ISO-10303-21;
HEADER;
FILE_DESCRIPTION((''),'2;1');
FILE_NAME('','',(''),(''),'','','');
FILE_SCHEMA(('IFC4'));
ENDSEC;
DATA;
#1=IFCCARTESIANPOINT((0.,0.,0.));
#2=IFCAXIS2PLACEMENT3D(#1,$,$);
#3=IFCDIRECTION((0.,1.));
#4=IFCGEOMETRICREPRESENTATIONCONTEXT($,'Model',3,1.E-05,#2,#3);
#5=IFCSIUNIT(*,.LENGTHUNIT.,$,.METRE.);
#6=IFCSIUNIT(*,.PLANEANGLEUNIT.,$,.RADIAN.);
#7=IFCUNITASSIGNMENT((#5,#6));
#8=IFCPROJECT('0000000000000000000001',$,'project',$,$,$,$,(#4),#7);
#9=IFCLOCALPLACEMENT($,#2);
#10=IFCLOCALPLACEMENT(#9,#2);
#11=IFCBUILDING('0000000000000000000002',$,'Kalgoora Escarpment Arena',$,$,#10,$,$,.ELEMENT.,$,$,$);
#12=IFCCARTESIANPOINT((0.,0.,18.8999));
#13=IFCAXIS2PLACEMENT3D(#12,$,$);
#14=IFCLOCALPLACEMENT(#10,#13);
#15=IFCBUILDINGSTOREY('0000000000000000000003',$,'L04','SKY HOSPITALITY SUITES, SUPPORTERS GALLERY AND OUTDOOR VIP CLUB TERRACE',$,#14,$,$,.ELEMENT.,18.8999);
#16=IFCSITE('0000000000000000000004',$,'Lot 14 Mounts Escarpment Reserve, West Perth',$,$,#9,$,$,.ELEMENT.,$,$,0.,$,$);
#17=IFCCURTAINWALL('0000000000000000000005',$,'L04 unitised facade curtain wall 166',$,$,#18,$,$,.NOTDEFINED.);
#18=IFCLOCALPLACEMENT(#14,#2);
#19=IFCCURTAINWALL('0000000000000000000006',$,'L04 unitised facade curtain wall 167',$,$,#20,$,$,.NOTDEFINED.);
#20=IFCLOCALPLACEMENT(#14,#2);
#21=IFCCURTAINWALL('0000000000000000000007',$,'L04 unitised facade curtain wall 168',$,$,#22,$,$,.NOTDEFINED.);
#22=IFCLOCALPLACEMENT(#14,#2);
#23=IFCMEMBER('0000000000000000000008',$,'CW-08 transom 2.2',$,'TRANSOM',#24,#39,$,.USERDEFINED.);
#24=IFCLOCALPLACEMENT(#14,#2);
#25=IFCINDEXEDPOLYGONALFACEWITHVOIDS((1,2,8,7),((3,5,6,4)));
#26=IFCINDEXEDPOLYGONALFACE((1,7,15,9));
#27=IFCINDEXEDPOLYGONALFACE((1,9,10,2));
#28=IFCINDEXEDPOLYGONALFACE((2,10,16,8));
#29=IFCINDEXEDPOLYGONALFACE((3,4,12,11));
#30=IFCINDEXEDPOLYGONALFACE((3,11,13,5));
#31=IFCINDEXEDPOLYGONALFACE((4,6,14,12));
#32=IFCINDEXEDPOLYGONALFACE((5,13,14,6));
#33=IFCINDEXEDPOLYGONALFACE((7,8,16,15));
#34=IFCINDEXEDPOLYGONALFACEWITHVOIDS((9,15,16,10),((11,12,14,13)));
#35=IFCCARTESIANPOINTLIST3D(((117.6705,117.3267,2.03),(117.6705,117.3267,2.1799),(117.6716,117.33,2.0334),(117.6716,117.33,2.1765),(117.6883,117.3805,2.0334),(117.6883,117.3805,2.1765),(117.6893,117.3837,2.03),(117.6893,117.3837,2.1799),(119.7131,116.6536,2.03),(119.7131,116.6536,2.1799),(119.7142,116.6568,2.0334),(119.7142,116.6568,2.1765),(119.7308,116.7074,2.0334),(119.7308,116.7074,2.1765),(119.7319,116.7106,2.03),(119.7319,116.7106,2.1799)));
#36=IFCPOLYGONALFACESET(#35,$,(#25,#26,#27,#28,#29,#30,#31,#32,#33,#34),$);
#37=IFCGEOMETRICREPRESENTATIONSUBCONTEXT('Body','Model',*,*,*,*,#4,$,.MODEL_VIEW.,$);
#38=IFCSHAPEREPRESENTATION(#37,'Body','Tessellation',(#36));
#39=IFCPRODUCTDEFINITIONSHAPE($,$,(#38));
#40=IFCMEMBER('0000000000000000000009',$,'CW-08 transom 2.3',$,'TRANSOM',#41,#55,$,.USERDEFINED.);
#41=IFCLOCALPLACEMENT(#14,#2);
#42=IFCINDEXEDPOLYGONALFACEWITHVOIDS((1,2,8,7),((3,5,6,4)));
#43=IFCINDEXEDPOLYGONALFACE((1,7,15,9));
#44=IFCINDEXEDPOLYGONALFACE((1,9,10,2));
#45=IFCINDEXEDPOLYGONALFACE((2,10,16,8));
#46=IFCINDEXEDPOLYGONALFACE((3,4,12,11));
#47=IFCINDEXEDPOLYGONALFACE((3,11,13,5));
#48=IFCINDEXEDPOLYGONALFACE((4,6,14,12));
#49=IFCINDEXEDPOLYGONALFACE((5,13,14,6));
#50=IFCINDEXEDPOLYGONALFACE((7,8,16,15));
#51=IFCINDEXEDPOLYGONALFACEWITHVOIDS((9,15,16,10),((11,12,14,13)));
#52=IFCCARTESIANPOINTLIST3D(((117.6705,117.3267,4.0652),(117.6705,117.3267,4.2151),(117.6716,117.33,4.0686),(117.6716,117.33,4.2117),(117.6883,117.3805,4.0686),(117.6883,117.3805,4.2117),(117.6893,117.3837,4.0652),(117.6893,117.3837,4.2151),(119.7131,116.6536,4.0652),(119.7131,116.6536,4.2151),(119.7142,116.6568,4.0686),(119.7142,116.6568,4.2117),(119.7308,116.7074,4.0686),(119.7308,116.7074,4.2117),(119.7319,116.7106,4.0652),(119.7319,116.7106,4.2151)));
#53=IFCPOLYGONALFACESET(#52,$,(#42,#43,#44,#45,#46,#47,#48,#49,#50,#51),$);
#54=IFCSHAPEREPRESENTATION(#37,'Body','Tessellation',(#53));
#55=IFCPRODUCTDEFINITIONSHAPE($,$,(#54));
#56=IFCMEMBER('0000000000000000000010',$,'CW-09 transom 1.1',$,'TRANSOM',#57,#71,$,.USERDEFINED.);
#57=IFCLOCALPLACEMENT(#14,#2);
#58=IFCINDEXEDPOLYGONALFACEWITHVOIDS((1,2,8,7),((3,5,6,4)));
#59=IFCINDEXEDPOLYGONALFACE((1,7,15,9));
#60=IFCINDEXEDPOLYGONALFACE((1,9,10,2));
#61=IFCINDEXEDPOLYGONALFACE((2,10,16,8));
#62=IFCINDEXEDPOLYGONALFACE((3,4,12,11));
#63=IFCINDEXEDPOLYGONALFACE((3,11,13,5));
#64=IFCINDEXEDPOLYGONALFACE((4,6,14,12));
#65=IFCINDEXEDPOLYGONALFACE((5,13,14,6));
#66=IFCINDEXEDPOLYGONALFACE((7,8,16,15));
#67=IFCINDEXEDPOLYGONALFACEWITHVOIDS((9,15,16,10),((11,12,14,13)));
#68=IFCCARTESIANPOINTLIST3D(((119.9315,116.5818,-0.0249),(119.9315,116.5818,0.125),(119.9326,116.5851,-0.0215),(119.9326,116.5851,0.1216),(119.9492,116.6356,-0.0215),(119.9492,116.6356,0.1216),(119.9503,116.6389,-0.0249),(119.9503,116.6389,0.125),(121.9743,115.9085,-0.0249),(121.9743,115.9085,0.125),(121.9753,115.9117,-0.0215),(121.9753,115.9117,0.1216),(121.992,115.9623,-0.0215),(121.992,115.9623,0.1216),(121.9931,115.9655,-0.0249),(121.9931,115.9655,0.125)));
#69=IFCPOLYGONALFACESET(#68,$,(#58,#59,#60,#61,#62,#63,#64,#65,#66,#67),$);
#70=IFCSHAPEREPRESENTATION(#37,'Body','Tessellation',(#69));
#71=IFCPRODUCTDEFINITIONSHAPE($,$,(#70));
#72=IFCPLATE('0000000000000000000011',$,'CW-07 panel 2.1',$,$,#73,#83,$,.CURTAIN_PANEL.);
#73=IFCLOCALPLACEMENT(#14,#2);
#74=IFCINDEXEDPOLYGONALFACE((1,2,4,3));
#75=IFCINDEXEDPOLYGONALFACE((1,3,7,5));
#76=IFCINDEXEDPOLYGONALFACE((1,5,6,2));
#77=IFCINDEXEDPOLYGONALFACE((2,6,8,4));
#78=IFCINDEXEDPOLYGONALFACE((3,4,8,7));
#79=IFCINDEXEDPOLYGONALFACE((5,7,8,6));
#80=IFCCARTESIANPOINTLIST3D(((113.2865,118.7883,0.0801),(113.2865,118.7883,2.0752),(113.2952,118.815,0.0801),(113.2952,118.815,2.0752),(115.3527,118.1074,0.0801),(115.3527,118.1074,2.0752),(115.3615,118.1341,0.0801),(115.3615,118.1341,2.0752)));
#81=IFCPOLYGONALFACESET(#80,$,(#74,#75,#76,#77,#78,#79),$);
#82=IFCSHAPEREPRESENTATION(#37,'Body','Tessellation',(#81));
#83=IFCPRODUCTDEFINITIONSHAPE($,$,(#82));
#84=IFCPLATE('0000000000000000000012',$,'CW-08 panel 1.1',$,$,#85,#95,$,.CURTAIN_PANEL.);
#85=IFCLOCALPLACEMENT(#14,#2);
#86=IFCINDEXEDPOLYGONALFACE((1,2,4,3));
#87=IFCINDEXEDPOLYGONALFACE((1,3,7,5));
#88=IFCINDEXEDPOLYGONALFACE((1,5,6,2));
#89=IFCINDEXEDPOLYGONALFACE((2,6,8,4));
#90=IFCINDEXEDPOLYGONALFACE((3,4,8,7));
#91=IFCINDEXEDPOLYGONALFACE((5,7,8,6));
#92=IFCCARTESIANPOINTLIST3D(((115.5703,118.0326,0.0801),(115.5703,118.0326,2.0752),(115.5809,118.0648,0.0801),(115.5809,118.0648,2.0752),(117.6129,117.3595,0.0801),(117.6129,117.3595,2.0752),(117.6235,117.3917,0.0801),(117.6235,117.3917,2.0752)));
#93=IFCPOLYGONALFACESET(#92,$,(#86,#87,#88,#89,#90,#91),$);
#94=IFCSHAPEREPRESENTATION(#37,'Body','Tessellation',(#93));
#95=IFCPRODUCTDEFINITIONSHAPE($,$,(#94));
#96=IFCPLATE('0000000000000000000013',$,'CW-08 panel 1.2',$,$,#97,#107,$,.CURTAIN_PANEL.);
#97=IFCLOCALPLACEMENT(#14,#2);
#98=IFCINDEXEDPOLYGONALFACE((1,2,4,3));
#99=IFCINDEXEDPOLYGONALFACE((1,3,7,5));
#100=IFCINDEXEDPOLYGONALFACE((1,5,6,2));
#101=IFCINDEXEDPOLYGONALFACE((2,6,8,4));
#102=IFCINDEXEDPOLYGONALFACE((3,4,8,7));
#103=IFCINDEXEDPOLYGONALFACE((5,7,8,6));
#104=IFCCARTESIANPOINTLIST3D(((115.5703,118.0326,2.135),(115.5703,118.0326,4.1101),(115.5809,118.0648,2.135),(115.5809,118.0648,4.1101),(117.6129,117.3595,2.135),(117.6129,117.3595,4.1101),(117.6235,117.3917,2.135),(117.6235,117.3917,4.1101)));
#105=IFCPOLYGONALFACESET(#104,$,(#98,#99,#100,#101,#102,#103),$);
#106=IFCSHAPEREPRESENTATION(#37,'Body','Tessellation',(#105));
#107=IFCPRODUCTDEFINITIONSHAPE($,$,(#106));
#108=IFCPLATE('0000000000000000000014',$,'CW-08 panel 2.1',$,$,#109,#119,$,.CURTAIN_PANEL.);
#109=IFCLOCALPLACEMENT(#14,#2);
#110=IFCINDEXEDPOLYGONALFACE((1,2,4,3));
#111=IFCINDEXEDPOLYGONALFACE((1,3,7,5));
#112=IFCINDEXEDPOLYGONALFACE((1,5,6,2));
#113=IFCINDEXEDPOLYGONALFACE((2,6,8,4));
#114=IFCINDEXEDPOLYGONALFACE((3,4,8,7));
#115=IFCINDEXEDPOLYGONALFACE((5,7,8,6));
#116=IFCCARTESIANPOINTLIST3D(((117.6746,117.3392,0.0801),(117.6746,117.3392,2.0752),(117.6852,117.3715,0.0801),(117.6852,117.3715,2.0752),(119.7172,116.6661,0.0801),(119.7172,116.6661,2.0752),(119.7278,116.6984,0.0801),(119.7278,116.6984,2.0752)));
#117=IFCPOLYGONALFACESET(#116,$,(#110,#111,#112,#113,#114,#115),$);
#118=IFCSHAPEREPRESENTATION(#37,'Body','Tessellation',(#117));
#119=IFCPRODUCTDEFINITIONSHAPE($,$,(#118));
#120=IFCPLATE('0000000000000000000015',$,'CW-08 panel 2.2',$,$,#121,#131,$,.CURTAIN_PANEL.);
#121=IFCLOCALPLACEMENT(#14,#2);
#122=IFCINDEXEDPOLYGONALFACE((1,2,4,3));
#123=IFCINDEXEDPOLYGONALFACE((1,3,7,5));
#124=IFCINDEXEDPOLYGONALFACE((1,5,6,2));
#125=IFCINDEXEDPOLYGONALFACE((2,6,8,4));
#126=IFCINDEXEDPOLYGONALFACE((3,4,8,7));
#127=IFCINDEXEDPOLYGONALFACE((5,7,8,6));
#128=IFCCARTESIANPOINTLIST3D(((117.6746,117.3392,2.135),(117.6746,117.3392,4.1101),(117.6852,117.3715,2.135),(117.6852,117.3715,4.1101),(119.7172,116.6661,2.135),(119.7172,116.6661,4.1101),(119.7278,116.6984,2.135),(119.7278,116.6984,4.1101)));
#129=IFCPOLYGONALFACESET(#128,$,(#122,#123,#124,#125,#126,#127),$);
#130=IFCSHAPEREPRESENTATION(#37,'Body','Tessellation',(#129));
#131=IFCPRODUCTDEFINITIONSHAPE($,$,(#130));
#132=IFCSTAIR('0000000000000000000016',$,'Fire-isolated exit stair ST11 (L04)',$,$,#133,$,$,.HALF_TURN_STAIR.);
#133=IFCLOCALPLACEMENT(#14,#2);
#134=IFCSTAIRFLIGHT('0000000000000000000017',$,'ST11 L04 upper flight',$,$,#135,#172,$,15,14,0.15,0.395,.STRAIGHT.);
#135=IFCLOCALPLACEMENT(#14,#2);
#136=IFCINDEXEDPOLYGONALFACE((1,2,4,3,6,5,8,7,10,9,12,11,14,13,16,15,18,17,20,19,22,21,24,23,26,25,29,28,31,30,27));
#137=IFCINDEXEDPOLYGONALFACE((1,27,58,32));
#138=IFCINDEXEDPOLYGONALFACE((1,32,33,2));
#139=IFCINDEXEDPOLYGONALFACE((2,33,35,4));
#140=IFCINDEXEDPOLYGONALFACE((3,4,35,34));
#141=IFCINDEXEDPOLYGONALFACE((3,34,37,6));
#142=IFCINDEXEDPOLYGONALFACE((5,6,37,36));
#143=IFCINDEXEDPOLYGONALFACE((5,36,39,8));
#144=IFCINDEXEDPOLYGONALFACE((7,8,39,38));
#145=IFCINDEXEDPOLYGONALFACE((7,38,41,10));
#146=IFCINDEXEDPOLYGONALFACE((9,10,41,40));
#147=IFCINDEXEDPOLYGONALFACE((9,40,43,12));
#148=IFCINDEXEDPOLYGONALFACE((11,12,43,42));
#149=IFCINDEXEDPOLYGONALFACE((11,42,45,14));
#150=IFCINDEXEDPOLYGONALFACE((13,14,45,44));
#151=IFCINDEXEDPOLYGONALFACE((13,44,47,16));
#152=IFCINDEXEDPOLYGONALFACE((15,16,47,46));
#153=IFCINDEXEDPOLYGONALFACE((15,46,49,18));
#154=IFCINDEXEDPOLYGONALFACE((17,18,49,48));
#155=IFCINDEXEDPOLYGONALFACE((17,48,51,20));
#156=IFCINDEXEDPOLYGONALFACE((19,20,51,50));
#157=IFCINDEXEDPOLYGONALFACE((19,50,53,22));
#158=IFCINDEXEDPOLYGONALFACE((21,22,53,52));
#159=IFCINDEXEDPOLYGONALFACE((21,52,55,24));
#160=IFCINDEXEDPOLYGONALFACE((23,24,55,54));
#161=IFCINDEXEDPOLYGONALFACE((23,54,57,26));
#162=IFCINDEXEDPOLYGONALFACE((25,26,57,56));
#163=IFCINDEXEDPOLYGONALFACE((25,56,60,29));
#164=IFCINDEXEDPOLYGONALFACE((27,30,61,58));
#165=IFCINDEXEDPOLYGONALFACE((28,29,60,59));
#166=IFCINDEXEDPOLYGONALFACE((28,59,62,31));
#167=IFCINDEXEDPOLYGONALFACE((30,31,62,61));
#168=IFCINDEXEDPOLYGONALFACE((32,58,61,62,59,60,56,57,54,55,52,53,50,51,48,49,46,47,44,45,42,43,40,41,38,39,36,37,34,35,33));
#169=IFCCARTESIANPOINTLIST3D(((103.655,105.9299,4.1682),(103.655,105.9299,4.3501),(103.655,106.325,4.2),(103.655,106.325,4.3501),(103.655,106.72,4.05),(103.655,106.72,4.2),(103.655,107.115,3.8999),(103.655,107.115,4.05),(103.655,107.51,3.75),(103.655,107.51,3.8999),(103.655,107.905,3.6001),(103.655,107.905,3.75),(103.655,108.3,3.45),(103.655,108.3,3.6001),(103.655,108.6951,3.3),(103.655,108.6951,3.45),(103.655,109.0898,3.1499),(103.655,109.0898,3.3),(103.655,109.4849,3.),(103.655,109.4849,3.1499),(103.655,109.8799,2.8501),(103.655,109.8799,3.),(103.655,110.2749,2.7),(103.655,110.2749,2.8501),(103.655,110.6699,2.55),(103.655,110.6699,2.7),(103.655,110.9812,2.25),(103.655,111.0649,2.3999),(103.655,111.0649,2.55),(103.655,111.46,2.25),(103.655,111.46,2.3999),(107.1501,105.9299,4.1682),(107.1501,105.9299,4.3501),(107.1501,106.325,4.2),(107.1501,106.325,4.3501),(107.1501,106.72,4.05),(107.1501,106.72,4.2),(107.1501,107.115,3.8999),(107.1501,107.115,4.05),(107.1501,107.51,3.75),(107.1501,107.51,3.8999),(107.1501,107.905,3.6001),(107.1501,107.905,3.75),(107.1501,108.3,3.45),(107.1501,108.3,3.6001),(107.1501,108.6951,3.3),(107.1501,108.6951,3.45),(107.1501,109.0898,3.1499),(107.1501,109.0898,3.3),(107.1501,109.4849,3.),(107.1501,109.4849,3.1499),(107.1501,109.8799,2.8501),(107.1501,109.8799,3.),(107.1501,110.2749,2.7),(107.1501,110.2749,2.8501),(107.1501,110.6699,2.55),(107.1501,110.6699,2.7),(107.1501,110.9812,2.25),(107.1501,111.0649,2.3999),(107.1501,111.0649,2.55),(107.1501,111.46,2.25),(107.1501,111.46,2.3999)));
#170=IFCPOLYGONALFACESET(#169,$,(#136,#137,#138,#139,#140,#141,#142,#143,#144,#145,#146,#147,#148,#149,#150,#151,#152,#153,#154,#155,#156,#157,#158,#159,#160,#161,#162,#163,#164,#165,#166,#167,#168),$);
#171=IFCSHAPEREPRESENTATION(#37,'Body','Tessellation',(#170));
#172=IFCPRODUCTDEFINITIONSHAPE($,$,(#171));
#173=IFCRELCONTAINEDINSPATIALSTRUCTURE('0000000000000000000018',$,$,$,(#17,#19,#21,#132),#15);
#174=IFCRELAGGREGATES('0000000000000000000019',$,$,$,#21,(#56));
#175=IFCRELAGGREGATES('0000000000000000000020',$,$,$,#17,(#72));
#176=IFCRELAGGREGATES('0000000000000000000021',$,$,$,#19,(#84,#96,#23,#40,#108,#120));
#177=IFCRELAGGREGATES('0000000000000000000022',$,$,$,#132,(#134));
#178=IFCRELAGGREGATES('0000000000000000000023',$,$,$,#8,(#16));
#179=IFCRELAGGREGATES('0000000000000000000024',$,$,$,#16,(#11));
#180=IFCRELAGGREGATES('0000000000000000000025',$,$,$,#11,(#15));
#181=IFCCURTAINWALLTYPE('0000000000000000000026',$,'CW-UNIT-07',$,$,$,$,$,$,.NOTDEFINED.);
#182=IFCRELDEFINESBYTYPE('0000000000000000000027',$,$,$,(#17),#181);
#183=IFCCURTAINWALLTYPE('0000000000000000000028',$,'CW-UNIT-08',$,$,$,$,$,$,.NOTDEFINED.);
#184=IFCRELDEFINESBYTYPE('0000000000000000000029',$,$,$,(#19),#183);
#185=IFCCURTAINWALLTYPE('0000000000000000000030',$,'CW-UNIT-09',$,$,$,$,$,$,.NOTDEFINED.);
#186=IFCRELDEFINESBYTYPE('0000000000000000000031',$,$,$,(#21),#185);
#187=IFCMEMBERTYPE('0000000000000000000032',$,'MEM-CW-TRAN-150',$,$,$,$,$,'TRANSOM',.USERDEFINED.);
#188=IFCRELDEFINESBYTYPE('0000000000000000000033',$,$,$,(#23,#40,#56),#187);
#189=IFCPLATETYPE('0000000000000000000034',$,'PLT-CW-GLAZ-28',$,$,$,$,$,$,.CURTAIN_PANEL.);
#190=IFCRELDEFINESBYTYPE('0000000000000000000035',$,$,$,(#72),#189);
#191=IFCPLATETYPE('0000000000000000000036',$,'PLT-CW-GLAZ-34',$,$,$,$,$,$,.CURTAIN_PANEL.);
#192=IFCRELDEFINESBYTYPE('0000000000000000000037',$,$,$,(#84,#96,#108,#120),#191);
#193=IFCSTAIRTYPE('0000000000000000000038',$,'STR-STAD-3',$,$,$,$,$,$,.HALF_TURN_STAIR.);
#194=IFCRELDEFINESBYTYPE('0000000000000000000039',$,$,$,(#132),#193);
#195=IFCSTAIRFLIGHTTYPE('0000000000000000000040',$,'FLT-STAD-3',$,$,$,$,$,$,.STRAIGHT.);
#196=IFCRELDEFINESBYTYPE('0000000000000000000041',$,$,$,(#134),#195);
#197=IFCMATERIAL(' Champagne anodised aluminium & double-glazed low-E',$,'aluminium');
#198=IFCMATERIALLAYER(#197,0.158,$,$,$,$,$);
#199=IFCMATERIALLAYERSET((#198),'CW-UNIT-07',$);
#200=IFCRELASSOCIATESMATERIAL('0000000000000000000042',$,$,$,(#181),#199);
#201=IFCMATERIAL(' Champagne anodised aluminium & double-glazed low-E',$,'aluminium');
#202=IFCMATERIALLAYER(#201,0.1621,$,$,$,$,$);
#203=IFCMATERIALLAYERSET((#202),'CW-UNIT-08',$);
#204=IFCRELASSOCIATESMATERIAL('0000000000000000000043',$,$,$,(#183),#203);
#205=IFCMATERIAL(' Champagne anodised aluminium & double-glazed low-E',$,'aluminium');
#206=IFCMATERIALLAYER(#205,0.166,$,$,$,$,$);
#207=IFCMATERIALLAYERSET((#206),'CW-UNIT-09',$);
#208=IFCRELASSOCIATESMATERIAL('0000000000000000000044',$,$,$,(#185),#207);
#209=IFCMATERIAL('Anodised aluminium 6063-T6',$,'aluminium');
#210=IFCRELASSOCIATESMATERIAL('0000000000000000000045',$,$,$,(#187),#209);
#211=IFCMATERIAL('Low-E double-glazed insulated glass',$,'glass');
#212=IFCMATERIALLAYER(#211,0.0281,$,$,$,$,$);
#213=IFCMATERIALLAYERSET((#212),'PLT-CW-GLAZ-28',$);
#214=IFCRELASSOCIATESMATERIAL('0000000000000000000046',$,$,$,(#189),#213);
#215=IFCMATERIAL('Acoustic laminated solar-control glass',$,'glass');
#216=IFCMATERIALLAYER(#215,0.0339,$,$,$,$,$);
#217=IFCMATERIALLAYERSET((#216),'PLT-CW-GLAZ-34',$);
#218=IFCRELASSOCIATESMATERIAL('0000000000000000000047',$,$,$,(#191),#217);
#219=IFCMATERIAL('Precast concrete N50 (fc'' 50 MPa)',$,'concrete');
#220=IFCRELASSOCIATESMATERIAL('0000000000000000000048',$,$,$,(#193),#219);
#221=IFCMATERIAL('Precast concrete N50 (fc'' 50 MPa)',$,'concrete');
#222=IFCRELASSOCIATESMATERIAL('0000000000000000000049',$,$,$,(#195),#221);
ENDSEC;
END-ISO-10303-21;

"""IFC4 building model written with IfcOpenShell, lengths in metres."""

from ifc_helpers import new_model, si_unit, direction, frame, origin, origin_2d, place, context, subcontext, project, spatial, polyline, rectangle, hollow_rectangle, outline, extrude, material, layer, layer_set, material_profile, profile_set, type_object, element, aggregate, save


model = new_model("IFC4")

# Units and contexts
model_context = context("Model", 3, precision=1e-05, world=origin(), true_north=direction((0.0, 1.0)))
body_context = subcontext(model_context, "Body", "Model", "MODEL_VIEW")
ifc_project = project(units=[si_unit("LENGTHUNIT", "METRE"), si_unit("PLANEANGLEUNIT", "RADIAN")], contexts=[model_context])

# Site, building, storey
site_placement = place(None, origin())
site = spatial("IfcSite", under=ifc_project, at=site_placement, Name="Lot 14 Mounts Escarpment Reserve, West Perth", CompositionType="ELEMENT", RefElevation=0.0)
building_placement = place(site_placement, origin())
building = spatial("IfcBuilding", under=site, at=building_placement, Name="Kalgoora Escarpment Arena", CompositionType="ELEMENT")
storey_placement = place(building_placement, frame((0.0, 0.0, 18.8999)))
storey = spatial("IfcBuildingStorey", under=building, at=storey_placement, Name="L04", Description="SKY HOSPITALITY SUITES, SUPPORTERS GALLERY AND OUTDOOR VIP CLUB TERRACE", CompositionType="ELEMENT", Elevation=18.8999)

# Curtain wall
ifc_material_1 = material(Name=" Champagne anodised aluminium & double-glazed low-E", Category="aluminium")
ifc_layer_1 = layer(ifc_material_1, 0.158)
ifc_layer_set_1 = layer_set([ifc_layer_1], Name="CW-UNIT-07")
curtain_wall_type_1 = type_object("IfcCurtainWallType", Name="CW-UNIT-07", PredefinedType="NOTDEFINED", material=ifc_layer_set_1)
curtain_wall_1_placement = place(storey_placement, origin())
curtain_wall_1 = element("IfcCurtainWall", 1, at=curtain_wall_1_placement, inside=storey, type_object=curtain_wall_type_1, Name="L04 unitised facade curtain wall 166", PredefinedType="NOTDEFINED")

# Curtain wall
ifc_material_2 = material(Name=" Champagne anodised aluminium & double-glazed low-E", Category="aluminium")
ifc_layer_2 = layer(ifc_material_2, 0.1621)
ifc_layer_set_2 = layer_set([ifc_layer_2], Name="CW-UNIT-08")
curtain_wall_type_2 = type_object("IfcCurtainWallType", Name="CW-UNIT-08", PredefinedType="NOTDEFINED", material=ifc_layer_set_2)
curtain_wall_2_placement = place(storey_placement, origin())
curtain_wall_2 = element("IfcCurtainWall", 2, at=curtain_wall_2_placement, inside=storey, type_object=curtain_wall_type_2, Name="L04 unitised facade curtain wall 167", PredefinedType="NOTDEFINED")

# Curtain wall
ifc_material_3 = material(Name=" Champagne anodised aluminium & double-glazed low-E", Category="aluminium")
ifc_layer_3 = layer(ifc_material_3, 0.166)
ifc_layer_set_3 = layer_set([ifc_layer_3], Name="CW-UNIT-09")
curtain_wall_type_3 = type_object("IfcCurtainWallType", Name="CW-UNIT-09", PredefinedType="NOTDEFINED", material=ifc_layer_set_3)
curtain_wall_3_placement = place(storey_placement, origin())
curtain_wall_3 = element("IfcCurtainWall", 3, at=curtain_wall_3_placement, inside=storey, type_object=curtain_wall_type_3, Name="L04 unitised facade curtain wall 168", PredefinedType="NOTDEFINED")

# Members
ifc_material_4 = material(Name="Anodised aluminium 6063-T6", Category="aluminium")
ifc_material_profile_1 = material_profile(ifc_material_4, hollow_rectangle(XDim=0.0601, YDim=0.1499, WallThickness=0.0034, at=origin_2d()))
ifc_profile_set_1 = profile_set([ifc_material_profile_1], Name="Anodised aluminium 6063-T6")
member_type_1 = type_object("IfcMemberType", Name="MEM-CW-TRAN-150", ElementType="TRANSOM", PredefinedType="USERDEFINED", material=ifc_profile_set_1)
member_1_placement = place(storey_placement, frame((117.6799, 117.3552, 2.105), z_axis=(0.949756, -0.31299, 0.0), x_axis=(0.31299, 0.949756, 0.0)))
member_1 = element("IfcMember", 4, at=member_1_placement, type_object=member_type_1, Name="CW-08 transom 2.2", ObjectType="TRANSOM", PredefinedType="USERDEFINED", context=body_context, shape_type="SweptSolid", body=[
    extrude(hollow_rectangle(XDim=0.0601, YDim=0.1499, WallThickness=0.0034, at=origin_2d()), origin(), (0.0, 0.0, 1.0), 2.1506),
])
member_2_placement = place(storey_placement, frame((117.6799, 117.3552, 4.1401), z_axis=(0.949756, -0.31299, 0.0), x_axis=(0.31299, 0.949756, 0.0)))
member_2 = element("IfcMember", 5, at=member_2_placement, type_object=member_type_1, Name="CW-08 transom 2.3", ObjectType="TRANSOM", PredefinedType="USERDEFINED", context=body_context, shape_type="SweptSolid", body=[
    extrude(hollow_rectangle(XDim=0.0601, YDim=0.1499, WallThickness=0.0034, at=origin_2d()), origin(), (0.0, 0.0, 1.0), 2.1506),
])
member_3_placement = place(storey_placement, frame((119.9409, 116.6104, 0.05), z_axis=(0.949734, -0.313059, 0.0), x_axis=(0.313059, 0.949734, 0.0)))
member_3 = element("IfcMember", 6, at=member_3_placement, type_object=member_type_1, Name="CW-09 transom 1.1", ObjectType="TRANSOM", PredefinedType="USERDEFINED", context=body_context, shape_type="SweptSolid", body=[
    extrude(hollow_rectangle(XDim=0.0601, YDim=0.1499, WallThickness=0.0034, at=origin_2d()), origin(), (0.0, 0.0, 1.0), 2.1509),
])
aggregate(curtain_wall_3, [member_3])

# Plates
ifc_material_5 = material(Name="Low-E double-glazed insulated glass", Category="glass")
ifc_layer_4 = layer(ifc_material_5, 0.0281)
ifc_layer_set_4 = layer_set([ifc_layer_4], Name="PLT-CW-GLAZ-28")
plate_type_1 = type_object("IfcPlateType", Name="PLT-CW-GLAZ-28", PredefinedType="CURTAIN_PANEL", material=ifc_layer_set_4)
plate_1_placement = place(storey_placement, frame((114.324, 118.4612, 0.0801), z_axis=(0.0, 0.0, 1.0), x_axis=(0.94976, -0.312979, 0.0)))
plate_1 = element("IfcPlate", 7, at=plate_1_placement, type_object=plate_type_1, Name="CW-07 panel 2.1", PredefinedType="CURTAIN_PANEL", context=body_context, shape_type="SweptSolid", body=[
    extrude(rectangle(XDim=2.1755, YDim=0.0281, at=origin_2d()), origin(), (0.0, 0.0, 1.0), 1.9951),
])
aggregate(curtain_wall_1, [plate_1])
ifc_material_6 = material(Name="Acoustic laminated solar-control glass", Category="glass")
ifc_layer_5 = layer(ifc_material_6, 0.0339)
ifc_layer_set_5 = layer_set([ifc_layer_5], Name="PLT-CW-GLAZ-34")
plate_type_2 = type_object("IfcPlateType", Name="PLT-CW-GLAZ-34", PredefinedType="CURTAIN_PANEL", material=ifc_layer_set_5)
plate_2_placement = place(storey_placement, frame((116.5969, 117.7122, 0.0801), z_axis=(0.0, 0.0, 1.0), x_axis=(0.949763, -0.31297, 0.0)))
plate_2 = element("IfcPlate", 8, at=plate_2_placement, type_object=plate_type_2, Name="CW-08 panel 1.1", PredefinedType="CURTAIN_PANEL", context=body_context, shape_type="SweptSolid", body=[
    extrude(rectangle(XDim=2.1506, YDim=0.0339, at=origin_2d()), origin(), (0.0, 0.0, 1.0), 1.9951),
])
plate_3_placement = place(storey_placement, frame((116.5969, 117.7122, 2.135), z_axis=(0.0, 0.0, 1.0), x_axis=(0.949763, -0.31297, 0.0)))
plate_3 = element("IfcPlate", 9, at=plate_3_placement, type_object=plate_type_2, Name="CW-08 panel 1.2", PredefinedType="CURTAIN_PANEL", context=body_context, shape_type="SweptSolid", body=[
    extrude(rectangle(XDim=2.1506, YDim=0.0339, at=origin_2d()), origin(), (0.0, 0.0, 1.0), 1.9751),
])
plate_4_placement = place(storey_placement, frame((118.7012, 117.0188, 0.0801), z_axis=(0.0, 0.0, 1.0), x_axis=(0.949763, -0.31297, 0.0)))
plate_4 = element("IfcPlate", 10, at=plate_4_placement, type_object=plate_type_2, Name="CW-08 panel 2.1", PredefinedType="CURTAIN_PANEL", context=body_context, shape_type="SweptSolid", body=[
    extrude(rectangle(XDim=2.1506, YDim=0.0339, at=origin_2d()), origin(), (0.0, 0.0, 1.0), 1.9951),
])
plate_5_placement = place(storey_placement, frame((118.7012, 117.0188, 2.135), z_axis=(0.0, 0.0, 1.0), x_axis=(0.949763, -0.31297, 0.0)))
plate_5 = element("IfcPlate", 11, at=plate_5_placement, type_object=plate_type_2, Name="CW-08 panel 2.2", PredefinedType="CURTAIN_PANEL", context=body_context, shape_type="SweptSolid", body=[
    extrude(rectangle(XDim=2.1506, YDim=0.0339, at=origin_2d()), origin(), (0.0, 0.0, 1.0), 1.9751),
])
aggregate(curtain_wall_2, [plate_2, plate_3, member_1, member_2, plate_4, plate_5])

# Stair, stair flight
ifc_material_7 = material(Name="Precast concrete N50 (fc' 50 MPa)", Category="concrete")
stair_type = type_object("IfcStairType", Name="STR-STAD-3", PredefinedType="HALF_TURN_STAIR", material=ifc_material_7)
stair_placement = place(storey_placement, origin())
stair = element("IfcStair", 12, at=stair_placement, inside=storey, type_object=stair_type, Name="Fire-isolated exit stair ST11 (L04)", PredefinedType="HALF_TURN_STAIR")
ifc_material_8 = material(Name="Precast concrete N50 (fc' 50 MPa)", Category="concrete")
stair_flight_type = type_object("IfcStairFlightType", Name="FLT-STAD-3", PredefinedType="STRAIGHT", material=ifc_material_8)
stair_flight_placement = place(storey_placement, frame((105.4026, 111.46, 2.25), z_axis=(0.0, 0.0, 1.0), x_axis=(0.0, -1.0, 0.0)))
stair_flight = element("IfcStairFlight", 13, at=stair_flight_placement, type_object=stair_flight_type, Name="ST11 L04 upper flight", NumberOfRisers=15, NumberOfTreads=14, PredefinedType="STRAIGHT", RiserHeight=0.15, TreadLength=0.395, context=body_context, shape_type="SweptSolid", body=[
    extrude(outline(polyline([(0.0, 0.0), (0.0, 0.1499), (0.395, 0.1499), (0.395, 0.3), (0.79, 0.3), (0.79, 0.45), (1.1851, 0.45), (1.1851, 0.6001), (1.5801, 0.6001), (1.5801, 0.75), (1.9751, 0.75), (1.9751, 0.8999), (2.3701, 0.8999), (2.3701, 1.05), (2.7649, 1.05), (2.7649, 1.2), (3.1599, 1.2), (3.1599, 1.3501), (3.5549, 1.3501), (3.5549, 1.5), (3.95, 1.5), (3.95, 1.6499), (4.345, 1.6499), (4.345, 1.8), (4.74, 1.8), (4.74, 1.95), (5.135, 1.95), (5.135, 2.1001), (5.53, 2.1001), (5.53, 2.25), (5.53, 1.9182), (0.4788, 0.0), (0.0, 0.0)])), frame((0.0, 1.7476, 0.0), z_axis=(0.0, -1.0, 0.0), x_axis=(1.0, 0.0, 0.0)), (0.0, 0.0, 1.0), 3.4951),
])
aggregate(stair, [stair_flight])

save(model, "model.ifc")
